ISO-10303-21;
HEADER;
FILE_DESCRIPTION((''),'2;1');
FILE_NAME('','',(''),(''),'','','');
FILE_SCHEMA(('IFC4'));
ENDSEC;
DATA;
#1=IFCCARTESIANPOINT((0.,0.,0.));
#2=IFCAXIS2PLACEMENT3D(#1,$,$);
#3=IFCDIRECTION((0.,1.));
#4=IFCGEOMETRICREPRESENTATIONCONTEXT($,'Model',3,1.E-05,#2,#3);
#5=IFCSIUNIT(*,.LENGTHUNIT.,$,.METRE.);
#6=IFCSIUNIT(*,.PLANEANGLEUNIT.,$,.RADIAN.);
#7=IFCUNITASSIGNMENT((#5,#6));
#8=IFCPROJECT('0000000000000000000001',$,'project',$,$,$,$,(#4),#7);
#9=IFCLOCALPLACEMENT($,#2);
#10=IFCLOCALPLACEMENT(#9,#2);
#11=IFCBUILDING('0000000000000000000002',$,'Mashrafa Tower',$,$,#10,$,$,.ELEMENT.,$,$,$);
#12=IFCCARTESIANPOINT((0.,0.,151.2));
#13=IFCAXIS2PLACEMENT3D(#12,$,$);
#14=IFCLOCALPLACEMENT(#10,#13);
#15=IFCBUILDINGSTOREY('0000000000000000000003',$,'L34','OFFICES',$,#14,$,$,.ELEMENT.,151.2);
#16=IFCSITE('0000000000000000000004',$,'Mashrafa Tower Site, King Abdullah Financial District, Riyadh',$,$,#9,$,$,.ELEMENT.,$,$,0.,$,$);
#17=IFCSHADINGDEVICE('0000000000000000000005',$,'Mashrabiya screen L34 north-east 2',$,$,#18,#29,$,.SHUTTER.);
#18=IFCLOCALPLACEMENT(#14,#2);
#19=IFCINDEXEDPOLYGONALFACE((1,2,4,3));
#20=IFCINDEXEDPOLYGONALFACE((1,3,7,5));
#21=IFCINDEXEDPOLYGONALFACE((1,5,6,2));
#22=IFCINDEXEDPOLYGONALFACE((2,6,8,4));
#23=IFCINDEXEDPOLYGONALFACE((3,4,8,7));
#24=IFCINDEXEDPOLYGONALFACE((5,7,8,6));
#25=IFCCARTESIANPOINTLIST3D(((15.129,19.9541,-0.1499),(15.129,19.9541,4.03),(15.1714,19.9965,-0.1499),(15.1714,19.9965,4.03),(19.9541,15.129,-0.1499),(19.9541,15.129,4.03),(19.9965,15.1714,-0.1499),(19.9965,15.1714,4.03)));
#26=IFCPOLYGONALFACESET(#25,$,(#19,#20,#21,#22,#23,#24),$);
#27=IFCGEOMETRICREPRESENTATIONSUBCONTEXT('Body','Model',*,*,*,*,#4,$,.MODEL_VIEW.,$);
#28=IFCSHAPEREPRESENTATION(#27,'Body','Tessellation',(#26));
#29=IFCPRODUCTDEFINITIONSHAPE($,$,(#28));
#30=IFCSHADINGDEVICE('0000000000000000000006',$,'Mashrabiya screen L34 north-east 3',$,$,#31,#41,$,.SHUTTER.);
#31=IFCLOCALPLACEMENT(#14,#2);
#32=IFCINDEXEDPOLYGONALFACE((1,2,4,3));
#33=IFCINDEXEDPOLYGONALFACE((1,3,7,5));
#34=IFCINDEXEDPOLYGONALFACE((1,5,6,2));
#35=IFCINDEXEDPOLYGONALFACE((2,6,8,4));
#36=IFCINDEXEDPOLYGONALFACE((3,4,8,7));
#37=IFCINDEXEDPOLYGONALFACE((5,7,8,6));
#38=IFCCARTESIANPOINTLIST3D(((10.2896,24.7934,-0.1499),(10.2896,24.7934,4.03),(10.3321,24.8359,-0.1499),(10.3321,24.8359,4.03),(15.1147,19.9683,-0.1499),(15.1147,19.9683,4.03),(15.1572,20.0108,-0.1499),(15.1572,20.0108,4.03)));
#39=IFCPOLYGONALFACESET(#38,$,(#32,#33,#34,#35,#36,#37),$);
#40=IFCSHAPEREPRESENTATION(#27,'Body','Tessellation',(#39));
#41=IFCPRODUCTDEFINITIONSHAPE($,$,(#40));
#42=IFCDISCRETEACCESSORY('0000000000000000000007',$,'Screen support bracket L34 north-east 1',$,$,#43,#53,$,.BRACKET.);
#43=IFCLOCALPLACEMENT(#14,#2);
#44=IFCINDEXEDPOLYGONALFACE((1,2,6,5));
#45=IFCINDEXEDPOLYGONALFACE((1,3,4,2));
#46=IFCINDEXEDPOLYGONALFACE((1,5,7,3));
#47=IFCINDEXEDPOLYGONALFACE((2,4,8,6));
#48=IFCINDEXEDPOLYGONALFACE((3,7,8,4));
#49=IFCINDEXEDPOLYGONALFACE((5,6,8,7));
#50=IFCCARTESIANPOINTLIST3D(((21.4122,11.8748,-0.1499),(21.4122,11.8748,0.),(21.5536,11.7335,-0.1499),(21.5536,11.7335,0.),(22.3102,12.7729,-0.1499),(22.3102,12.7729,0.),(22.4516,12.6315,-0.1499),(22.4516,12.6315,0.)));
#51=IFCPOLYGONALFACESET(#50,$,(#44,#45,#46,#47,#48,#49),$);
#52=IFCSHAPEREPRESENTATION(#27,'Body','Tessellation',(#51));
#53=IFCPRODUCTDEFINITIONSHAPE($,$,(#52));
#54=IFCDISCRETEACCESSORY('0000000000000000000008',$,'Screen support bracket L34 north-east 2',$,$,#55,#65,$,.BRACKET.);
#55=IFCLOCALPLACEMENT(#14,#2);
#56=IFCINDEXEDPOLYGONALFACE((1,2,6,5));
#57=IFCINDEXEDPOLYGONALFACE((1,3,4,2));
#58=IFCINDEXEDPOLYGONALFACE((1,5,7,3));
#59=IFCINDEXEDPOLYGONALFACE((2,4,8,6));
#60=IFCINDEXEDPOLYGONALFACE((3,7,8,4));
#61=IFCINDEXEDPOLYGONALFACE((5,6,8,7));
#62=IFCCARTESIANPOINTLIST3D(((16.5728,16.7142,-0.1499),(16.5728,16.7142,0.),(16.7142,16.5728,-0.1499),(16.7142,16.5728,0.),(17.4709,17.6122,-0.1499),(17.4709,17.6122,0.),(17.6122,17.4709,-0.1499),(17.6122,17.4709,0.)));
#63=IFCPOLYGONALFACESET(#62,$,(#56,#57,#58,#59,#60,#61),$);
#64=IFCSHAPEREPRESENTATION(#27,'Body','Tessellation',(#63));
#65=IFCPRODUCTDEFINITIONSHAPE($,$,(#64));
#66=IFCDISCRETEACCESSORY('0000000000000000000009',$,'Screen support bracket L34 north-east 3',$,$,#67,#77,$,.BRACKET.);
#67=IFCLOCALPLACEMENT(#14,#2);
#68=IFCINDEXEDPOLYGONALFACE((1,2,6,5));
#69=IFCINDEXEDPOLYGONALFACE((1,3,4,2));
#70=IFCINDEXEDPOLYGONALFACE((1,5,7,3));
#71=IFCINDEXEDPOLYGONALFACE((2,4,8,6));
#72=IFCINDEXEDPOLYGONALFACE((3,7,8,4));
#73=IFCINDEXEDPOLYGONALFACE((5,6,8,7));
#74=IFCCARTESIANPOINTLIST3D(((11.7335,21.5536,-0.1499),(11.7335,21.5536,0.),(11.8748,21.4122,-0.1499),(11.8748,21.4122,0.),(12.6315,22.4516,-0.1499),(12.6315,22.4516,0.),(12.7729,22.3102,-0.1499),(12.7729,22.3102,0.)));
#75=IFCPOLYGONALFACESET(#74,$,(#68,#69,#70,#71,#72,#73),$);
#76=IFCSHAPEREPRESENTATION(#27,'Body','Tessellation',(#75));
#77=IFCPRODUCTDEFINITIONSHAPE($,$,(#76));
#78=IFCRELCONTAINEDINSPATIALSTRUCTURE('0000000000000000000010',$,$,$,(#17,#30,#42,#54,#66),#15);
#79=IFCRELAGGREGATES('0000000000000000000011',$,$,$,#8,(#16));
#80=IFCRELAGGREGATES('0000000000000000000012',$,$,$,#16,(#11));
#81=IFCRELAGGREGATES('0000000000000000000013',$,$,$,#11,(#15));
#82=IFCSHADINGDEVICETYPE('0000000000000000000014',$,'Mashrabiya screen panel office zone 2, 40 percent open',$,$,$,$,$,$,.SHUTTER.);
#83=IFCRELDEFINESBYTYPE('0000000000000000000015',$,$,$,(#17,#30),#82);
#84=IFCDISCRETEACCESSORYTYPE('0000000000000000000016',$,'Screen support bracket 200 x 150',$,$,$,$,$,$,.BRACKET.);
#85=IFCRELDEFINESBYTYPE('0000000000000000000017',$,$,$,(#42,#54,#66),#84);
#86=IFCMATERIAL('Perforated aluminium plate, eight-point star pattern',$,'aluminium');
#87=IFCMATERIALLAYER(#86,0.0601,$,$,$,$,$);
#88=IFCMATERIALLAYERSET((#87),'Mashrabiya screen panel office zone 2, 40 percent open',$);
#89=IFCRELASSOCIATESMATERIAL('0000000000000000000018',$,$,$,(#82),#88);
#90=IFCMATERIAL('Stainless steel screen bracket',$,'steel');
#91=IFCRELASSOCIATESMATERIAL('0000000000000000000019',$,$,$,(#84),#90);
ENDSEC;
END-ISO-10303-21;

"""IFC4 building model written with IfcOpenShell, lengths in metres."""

from ifc_helpers import new_model, si_unit, direction, frame, origin, origin_2d, place, context, subcontext, project, spatial, rectangle, extrude, source, transform, mapped, material, layer, layer_set, type_object, type_shapes, element, save


model = new_model("IFC4")

# Units and contexts
model_context = context("Model", 3, precision=1e-05, world=origin(), true_north=direction((0.0, 1.0)))
body_context = subcontext(model_context, "Body", "Model", "MODEL_VIEW")
ifc_project = project(units=[si_unit("LENGTHUNIT", "METRE"), si_unit("PLANEANGLEUNIT", "RADIAN")], contexts=[model_context])

# Site, building, storey
site_placement = place(None, origin())
site = spatial("IfcSite", under=ifc_project, at=site_placement, Name="Mashrafa Tower Site, King Abdullah Financial District, Riyadh", CompositionType="ELEMENT", RefElevation=0.0)
building_placement = place(site_placement, origin())
building = spatial("IfcBuilding", under=site, at=building_placement, Name="Mashrafa Tower", CompositionType="ELEMENT")
storey_placement = place(building_placement, frame((0.0, 0.0, 151.2)))
storey = spatial("IfcBuildingStorey", under=building, at=storey_placement, Name="L34", Description="OFFICES", CompositionType="ELEMENT", Elevation=151.2)

# Shading devices
ifc_material_1 = material(Name="Perforated aluminium plate, eight-point star pattern", Category="aluminium")
ifc_layer_1 = layer(ifc_material_1, 0.0601)
ifc_layer_set_1 = layer_set([ifc_layer_1], Name="Mashrabiya screen panel office zone 2, 40 percent open")
shading_device_type = type_object("IfcShadingDeviceType", Name="Mashrabiya screen panel office zone 2, 40 percent open", PredefinedType="SHUTTER", material=ifc_layer_set_1)
shared_shape_1 = source(origin(), body_context, "Body", "SweptSolid", [
    extrude(rectangle(XDim=6.8237, YDim=0.0601, at=origin_2d()), origin(), (0.0, 0.0, 1.0), 4.1799),
])
type_shapes(shading_device_type, [shared_shape_1])
for number, where, z_axis, x_axis, name in (
    (1, (17.5627, 17.5627, -0.1499), (0.0, 0.0, 1.0), (-0.707107, 0.707107, 0.0), "Mashrabiya screen L34 north-east 2"),
    (2, (12.7234, 22.4021, -0.1499), (0.0, 0.0, 1.0), (-0.707107, 0.707107, 0.0), "Mashrabiya screen L34 north-east 3"),
):
    element("IfcShadingDevice", number, at=place(storey_placement, frame(where, z_axis=z_axis, x_axis=x_axis)), inside=storey, type_object=shading_device_type, Name=name, PredefinedType="SHUTTER", context=body_context, shape_type="MappedRepresentation", body=[
        mapped(shared_shape_1, transform((0.0, 0.0, 0.0))),
    ])

# Discrete accessories
ifc_material_2 = material(Name="Stainless steel screen bracket", Category="steel")
discrete_accessory_type = type_object("IfcDiscreteAccessoryType", Name="Screen support bracket 200 x 150", PredefinedType="BRACKET", material=ifc_material_2)
shared_shape_2 = source(origin(), body_context, "Body", "SweptSolid", [
    extrude(rectangle(XDim=0.2, YDim=1.27, at=origin_2d()), origin(), (0.0, 0.0, 1.0), 0.1499),
])
type_shapes(discrete_accessory_type, [shared_shape_2])
for number, where, z_axis, x_axis, name in (
    (3, (21.9319, 12.2532, -0.1499), (0.0, 0.0, 1.0), (-0.707107, 0.707107, 0.0), "Screen support bracket L34 north-east 1"),
    (4, (17.0925, 17.0925, -0.1499), (0.0, 0.0, 1.0), (-0.707107, 0.707107, 0.0), "Screen support bracket L34 north-east 2"),
    (5, (12.2532, 21.9319, -0.1499), (0.0, 0.0, 1.0), (-0.707107, 0.707107, 0.0), "Screen support bracket L34 north-east 3"),
):
    element("IfcDiscreteAccessory", number, at=place(storey_placement, frame(where, z_axis=z_axis, x_axis=x_axis)), inside=storey, type_object=discrete_accessory_type, Name=name, PredefinedType="BRACKET", context=body_context, shape_type="MappedRepresentation", body=[
        mapped(shared_shape_2, transform((0.0, 0.0, 0.0))),
    ])

save(model, "model.ifc")
